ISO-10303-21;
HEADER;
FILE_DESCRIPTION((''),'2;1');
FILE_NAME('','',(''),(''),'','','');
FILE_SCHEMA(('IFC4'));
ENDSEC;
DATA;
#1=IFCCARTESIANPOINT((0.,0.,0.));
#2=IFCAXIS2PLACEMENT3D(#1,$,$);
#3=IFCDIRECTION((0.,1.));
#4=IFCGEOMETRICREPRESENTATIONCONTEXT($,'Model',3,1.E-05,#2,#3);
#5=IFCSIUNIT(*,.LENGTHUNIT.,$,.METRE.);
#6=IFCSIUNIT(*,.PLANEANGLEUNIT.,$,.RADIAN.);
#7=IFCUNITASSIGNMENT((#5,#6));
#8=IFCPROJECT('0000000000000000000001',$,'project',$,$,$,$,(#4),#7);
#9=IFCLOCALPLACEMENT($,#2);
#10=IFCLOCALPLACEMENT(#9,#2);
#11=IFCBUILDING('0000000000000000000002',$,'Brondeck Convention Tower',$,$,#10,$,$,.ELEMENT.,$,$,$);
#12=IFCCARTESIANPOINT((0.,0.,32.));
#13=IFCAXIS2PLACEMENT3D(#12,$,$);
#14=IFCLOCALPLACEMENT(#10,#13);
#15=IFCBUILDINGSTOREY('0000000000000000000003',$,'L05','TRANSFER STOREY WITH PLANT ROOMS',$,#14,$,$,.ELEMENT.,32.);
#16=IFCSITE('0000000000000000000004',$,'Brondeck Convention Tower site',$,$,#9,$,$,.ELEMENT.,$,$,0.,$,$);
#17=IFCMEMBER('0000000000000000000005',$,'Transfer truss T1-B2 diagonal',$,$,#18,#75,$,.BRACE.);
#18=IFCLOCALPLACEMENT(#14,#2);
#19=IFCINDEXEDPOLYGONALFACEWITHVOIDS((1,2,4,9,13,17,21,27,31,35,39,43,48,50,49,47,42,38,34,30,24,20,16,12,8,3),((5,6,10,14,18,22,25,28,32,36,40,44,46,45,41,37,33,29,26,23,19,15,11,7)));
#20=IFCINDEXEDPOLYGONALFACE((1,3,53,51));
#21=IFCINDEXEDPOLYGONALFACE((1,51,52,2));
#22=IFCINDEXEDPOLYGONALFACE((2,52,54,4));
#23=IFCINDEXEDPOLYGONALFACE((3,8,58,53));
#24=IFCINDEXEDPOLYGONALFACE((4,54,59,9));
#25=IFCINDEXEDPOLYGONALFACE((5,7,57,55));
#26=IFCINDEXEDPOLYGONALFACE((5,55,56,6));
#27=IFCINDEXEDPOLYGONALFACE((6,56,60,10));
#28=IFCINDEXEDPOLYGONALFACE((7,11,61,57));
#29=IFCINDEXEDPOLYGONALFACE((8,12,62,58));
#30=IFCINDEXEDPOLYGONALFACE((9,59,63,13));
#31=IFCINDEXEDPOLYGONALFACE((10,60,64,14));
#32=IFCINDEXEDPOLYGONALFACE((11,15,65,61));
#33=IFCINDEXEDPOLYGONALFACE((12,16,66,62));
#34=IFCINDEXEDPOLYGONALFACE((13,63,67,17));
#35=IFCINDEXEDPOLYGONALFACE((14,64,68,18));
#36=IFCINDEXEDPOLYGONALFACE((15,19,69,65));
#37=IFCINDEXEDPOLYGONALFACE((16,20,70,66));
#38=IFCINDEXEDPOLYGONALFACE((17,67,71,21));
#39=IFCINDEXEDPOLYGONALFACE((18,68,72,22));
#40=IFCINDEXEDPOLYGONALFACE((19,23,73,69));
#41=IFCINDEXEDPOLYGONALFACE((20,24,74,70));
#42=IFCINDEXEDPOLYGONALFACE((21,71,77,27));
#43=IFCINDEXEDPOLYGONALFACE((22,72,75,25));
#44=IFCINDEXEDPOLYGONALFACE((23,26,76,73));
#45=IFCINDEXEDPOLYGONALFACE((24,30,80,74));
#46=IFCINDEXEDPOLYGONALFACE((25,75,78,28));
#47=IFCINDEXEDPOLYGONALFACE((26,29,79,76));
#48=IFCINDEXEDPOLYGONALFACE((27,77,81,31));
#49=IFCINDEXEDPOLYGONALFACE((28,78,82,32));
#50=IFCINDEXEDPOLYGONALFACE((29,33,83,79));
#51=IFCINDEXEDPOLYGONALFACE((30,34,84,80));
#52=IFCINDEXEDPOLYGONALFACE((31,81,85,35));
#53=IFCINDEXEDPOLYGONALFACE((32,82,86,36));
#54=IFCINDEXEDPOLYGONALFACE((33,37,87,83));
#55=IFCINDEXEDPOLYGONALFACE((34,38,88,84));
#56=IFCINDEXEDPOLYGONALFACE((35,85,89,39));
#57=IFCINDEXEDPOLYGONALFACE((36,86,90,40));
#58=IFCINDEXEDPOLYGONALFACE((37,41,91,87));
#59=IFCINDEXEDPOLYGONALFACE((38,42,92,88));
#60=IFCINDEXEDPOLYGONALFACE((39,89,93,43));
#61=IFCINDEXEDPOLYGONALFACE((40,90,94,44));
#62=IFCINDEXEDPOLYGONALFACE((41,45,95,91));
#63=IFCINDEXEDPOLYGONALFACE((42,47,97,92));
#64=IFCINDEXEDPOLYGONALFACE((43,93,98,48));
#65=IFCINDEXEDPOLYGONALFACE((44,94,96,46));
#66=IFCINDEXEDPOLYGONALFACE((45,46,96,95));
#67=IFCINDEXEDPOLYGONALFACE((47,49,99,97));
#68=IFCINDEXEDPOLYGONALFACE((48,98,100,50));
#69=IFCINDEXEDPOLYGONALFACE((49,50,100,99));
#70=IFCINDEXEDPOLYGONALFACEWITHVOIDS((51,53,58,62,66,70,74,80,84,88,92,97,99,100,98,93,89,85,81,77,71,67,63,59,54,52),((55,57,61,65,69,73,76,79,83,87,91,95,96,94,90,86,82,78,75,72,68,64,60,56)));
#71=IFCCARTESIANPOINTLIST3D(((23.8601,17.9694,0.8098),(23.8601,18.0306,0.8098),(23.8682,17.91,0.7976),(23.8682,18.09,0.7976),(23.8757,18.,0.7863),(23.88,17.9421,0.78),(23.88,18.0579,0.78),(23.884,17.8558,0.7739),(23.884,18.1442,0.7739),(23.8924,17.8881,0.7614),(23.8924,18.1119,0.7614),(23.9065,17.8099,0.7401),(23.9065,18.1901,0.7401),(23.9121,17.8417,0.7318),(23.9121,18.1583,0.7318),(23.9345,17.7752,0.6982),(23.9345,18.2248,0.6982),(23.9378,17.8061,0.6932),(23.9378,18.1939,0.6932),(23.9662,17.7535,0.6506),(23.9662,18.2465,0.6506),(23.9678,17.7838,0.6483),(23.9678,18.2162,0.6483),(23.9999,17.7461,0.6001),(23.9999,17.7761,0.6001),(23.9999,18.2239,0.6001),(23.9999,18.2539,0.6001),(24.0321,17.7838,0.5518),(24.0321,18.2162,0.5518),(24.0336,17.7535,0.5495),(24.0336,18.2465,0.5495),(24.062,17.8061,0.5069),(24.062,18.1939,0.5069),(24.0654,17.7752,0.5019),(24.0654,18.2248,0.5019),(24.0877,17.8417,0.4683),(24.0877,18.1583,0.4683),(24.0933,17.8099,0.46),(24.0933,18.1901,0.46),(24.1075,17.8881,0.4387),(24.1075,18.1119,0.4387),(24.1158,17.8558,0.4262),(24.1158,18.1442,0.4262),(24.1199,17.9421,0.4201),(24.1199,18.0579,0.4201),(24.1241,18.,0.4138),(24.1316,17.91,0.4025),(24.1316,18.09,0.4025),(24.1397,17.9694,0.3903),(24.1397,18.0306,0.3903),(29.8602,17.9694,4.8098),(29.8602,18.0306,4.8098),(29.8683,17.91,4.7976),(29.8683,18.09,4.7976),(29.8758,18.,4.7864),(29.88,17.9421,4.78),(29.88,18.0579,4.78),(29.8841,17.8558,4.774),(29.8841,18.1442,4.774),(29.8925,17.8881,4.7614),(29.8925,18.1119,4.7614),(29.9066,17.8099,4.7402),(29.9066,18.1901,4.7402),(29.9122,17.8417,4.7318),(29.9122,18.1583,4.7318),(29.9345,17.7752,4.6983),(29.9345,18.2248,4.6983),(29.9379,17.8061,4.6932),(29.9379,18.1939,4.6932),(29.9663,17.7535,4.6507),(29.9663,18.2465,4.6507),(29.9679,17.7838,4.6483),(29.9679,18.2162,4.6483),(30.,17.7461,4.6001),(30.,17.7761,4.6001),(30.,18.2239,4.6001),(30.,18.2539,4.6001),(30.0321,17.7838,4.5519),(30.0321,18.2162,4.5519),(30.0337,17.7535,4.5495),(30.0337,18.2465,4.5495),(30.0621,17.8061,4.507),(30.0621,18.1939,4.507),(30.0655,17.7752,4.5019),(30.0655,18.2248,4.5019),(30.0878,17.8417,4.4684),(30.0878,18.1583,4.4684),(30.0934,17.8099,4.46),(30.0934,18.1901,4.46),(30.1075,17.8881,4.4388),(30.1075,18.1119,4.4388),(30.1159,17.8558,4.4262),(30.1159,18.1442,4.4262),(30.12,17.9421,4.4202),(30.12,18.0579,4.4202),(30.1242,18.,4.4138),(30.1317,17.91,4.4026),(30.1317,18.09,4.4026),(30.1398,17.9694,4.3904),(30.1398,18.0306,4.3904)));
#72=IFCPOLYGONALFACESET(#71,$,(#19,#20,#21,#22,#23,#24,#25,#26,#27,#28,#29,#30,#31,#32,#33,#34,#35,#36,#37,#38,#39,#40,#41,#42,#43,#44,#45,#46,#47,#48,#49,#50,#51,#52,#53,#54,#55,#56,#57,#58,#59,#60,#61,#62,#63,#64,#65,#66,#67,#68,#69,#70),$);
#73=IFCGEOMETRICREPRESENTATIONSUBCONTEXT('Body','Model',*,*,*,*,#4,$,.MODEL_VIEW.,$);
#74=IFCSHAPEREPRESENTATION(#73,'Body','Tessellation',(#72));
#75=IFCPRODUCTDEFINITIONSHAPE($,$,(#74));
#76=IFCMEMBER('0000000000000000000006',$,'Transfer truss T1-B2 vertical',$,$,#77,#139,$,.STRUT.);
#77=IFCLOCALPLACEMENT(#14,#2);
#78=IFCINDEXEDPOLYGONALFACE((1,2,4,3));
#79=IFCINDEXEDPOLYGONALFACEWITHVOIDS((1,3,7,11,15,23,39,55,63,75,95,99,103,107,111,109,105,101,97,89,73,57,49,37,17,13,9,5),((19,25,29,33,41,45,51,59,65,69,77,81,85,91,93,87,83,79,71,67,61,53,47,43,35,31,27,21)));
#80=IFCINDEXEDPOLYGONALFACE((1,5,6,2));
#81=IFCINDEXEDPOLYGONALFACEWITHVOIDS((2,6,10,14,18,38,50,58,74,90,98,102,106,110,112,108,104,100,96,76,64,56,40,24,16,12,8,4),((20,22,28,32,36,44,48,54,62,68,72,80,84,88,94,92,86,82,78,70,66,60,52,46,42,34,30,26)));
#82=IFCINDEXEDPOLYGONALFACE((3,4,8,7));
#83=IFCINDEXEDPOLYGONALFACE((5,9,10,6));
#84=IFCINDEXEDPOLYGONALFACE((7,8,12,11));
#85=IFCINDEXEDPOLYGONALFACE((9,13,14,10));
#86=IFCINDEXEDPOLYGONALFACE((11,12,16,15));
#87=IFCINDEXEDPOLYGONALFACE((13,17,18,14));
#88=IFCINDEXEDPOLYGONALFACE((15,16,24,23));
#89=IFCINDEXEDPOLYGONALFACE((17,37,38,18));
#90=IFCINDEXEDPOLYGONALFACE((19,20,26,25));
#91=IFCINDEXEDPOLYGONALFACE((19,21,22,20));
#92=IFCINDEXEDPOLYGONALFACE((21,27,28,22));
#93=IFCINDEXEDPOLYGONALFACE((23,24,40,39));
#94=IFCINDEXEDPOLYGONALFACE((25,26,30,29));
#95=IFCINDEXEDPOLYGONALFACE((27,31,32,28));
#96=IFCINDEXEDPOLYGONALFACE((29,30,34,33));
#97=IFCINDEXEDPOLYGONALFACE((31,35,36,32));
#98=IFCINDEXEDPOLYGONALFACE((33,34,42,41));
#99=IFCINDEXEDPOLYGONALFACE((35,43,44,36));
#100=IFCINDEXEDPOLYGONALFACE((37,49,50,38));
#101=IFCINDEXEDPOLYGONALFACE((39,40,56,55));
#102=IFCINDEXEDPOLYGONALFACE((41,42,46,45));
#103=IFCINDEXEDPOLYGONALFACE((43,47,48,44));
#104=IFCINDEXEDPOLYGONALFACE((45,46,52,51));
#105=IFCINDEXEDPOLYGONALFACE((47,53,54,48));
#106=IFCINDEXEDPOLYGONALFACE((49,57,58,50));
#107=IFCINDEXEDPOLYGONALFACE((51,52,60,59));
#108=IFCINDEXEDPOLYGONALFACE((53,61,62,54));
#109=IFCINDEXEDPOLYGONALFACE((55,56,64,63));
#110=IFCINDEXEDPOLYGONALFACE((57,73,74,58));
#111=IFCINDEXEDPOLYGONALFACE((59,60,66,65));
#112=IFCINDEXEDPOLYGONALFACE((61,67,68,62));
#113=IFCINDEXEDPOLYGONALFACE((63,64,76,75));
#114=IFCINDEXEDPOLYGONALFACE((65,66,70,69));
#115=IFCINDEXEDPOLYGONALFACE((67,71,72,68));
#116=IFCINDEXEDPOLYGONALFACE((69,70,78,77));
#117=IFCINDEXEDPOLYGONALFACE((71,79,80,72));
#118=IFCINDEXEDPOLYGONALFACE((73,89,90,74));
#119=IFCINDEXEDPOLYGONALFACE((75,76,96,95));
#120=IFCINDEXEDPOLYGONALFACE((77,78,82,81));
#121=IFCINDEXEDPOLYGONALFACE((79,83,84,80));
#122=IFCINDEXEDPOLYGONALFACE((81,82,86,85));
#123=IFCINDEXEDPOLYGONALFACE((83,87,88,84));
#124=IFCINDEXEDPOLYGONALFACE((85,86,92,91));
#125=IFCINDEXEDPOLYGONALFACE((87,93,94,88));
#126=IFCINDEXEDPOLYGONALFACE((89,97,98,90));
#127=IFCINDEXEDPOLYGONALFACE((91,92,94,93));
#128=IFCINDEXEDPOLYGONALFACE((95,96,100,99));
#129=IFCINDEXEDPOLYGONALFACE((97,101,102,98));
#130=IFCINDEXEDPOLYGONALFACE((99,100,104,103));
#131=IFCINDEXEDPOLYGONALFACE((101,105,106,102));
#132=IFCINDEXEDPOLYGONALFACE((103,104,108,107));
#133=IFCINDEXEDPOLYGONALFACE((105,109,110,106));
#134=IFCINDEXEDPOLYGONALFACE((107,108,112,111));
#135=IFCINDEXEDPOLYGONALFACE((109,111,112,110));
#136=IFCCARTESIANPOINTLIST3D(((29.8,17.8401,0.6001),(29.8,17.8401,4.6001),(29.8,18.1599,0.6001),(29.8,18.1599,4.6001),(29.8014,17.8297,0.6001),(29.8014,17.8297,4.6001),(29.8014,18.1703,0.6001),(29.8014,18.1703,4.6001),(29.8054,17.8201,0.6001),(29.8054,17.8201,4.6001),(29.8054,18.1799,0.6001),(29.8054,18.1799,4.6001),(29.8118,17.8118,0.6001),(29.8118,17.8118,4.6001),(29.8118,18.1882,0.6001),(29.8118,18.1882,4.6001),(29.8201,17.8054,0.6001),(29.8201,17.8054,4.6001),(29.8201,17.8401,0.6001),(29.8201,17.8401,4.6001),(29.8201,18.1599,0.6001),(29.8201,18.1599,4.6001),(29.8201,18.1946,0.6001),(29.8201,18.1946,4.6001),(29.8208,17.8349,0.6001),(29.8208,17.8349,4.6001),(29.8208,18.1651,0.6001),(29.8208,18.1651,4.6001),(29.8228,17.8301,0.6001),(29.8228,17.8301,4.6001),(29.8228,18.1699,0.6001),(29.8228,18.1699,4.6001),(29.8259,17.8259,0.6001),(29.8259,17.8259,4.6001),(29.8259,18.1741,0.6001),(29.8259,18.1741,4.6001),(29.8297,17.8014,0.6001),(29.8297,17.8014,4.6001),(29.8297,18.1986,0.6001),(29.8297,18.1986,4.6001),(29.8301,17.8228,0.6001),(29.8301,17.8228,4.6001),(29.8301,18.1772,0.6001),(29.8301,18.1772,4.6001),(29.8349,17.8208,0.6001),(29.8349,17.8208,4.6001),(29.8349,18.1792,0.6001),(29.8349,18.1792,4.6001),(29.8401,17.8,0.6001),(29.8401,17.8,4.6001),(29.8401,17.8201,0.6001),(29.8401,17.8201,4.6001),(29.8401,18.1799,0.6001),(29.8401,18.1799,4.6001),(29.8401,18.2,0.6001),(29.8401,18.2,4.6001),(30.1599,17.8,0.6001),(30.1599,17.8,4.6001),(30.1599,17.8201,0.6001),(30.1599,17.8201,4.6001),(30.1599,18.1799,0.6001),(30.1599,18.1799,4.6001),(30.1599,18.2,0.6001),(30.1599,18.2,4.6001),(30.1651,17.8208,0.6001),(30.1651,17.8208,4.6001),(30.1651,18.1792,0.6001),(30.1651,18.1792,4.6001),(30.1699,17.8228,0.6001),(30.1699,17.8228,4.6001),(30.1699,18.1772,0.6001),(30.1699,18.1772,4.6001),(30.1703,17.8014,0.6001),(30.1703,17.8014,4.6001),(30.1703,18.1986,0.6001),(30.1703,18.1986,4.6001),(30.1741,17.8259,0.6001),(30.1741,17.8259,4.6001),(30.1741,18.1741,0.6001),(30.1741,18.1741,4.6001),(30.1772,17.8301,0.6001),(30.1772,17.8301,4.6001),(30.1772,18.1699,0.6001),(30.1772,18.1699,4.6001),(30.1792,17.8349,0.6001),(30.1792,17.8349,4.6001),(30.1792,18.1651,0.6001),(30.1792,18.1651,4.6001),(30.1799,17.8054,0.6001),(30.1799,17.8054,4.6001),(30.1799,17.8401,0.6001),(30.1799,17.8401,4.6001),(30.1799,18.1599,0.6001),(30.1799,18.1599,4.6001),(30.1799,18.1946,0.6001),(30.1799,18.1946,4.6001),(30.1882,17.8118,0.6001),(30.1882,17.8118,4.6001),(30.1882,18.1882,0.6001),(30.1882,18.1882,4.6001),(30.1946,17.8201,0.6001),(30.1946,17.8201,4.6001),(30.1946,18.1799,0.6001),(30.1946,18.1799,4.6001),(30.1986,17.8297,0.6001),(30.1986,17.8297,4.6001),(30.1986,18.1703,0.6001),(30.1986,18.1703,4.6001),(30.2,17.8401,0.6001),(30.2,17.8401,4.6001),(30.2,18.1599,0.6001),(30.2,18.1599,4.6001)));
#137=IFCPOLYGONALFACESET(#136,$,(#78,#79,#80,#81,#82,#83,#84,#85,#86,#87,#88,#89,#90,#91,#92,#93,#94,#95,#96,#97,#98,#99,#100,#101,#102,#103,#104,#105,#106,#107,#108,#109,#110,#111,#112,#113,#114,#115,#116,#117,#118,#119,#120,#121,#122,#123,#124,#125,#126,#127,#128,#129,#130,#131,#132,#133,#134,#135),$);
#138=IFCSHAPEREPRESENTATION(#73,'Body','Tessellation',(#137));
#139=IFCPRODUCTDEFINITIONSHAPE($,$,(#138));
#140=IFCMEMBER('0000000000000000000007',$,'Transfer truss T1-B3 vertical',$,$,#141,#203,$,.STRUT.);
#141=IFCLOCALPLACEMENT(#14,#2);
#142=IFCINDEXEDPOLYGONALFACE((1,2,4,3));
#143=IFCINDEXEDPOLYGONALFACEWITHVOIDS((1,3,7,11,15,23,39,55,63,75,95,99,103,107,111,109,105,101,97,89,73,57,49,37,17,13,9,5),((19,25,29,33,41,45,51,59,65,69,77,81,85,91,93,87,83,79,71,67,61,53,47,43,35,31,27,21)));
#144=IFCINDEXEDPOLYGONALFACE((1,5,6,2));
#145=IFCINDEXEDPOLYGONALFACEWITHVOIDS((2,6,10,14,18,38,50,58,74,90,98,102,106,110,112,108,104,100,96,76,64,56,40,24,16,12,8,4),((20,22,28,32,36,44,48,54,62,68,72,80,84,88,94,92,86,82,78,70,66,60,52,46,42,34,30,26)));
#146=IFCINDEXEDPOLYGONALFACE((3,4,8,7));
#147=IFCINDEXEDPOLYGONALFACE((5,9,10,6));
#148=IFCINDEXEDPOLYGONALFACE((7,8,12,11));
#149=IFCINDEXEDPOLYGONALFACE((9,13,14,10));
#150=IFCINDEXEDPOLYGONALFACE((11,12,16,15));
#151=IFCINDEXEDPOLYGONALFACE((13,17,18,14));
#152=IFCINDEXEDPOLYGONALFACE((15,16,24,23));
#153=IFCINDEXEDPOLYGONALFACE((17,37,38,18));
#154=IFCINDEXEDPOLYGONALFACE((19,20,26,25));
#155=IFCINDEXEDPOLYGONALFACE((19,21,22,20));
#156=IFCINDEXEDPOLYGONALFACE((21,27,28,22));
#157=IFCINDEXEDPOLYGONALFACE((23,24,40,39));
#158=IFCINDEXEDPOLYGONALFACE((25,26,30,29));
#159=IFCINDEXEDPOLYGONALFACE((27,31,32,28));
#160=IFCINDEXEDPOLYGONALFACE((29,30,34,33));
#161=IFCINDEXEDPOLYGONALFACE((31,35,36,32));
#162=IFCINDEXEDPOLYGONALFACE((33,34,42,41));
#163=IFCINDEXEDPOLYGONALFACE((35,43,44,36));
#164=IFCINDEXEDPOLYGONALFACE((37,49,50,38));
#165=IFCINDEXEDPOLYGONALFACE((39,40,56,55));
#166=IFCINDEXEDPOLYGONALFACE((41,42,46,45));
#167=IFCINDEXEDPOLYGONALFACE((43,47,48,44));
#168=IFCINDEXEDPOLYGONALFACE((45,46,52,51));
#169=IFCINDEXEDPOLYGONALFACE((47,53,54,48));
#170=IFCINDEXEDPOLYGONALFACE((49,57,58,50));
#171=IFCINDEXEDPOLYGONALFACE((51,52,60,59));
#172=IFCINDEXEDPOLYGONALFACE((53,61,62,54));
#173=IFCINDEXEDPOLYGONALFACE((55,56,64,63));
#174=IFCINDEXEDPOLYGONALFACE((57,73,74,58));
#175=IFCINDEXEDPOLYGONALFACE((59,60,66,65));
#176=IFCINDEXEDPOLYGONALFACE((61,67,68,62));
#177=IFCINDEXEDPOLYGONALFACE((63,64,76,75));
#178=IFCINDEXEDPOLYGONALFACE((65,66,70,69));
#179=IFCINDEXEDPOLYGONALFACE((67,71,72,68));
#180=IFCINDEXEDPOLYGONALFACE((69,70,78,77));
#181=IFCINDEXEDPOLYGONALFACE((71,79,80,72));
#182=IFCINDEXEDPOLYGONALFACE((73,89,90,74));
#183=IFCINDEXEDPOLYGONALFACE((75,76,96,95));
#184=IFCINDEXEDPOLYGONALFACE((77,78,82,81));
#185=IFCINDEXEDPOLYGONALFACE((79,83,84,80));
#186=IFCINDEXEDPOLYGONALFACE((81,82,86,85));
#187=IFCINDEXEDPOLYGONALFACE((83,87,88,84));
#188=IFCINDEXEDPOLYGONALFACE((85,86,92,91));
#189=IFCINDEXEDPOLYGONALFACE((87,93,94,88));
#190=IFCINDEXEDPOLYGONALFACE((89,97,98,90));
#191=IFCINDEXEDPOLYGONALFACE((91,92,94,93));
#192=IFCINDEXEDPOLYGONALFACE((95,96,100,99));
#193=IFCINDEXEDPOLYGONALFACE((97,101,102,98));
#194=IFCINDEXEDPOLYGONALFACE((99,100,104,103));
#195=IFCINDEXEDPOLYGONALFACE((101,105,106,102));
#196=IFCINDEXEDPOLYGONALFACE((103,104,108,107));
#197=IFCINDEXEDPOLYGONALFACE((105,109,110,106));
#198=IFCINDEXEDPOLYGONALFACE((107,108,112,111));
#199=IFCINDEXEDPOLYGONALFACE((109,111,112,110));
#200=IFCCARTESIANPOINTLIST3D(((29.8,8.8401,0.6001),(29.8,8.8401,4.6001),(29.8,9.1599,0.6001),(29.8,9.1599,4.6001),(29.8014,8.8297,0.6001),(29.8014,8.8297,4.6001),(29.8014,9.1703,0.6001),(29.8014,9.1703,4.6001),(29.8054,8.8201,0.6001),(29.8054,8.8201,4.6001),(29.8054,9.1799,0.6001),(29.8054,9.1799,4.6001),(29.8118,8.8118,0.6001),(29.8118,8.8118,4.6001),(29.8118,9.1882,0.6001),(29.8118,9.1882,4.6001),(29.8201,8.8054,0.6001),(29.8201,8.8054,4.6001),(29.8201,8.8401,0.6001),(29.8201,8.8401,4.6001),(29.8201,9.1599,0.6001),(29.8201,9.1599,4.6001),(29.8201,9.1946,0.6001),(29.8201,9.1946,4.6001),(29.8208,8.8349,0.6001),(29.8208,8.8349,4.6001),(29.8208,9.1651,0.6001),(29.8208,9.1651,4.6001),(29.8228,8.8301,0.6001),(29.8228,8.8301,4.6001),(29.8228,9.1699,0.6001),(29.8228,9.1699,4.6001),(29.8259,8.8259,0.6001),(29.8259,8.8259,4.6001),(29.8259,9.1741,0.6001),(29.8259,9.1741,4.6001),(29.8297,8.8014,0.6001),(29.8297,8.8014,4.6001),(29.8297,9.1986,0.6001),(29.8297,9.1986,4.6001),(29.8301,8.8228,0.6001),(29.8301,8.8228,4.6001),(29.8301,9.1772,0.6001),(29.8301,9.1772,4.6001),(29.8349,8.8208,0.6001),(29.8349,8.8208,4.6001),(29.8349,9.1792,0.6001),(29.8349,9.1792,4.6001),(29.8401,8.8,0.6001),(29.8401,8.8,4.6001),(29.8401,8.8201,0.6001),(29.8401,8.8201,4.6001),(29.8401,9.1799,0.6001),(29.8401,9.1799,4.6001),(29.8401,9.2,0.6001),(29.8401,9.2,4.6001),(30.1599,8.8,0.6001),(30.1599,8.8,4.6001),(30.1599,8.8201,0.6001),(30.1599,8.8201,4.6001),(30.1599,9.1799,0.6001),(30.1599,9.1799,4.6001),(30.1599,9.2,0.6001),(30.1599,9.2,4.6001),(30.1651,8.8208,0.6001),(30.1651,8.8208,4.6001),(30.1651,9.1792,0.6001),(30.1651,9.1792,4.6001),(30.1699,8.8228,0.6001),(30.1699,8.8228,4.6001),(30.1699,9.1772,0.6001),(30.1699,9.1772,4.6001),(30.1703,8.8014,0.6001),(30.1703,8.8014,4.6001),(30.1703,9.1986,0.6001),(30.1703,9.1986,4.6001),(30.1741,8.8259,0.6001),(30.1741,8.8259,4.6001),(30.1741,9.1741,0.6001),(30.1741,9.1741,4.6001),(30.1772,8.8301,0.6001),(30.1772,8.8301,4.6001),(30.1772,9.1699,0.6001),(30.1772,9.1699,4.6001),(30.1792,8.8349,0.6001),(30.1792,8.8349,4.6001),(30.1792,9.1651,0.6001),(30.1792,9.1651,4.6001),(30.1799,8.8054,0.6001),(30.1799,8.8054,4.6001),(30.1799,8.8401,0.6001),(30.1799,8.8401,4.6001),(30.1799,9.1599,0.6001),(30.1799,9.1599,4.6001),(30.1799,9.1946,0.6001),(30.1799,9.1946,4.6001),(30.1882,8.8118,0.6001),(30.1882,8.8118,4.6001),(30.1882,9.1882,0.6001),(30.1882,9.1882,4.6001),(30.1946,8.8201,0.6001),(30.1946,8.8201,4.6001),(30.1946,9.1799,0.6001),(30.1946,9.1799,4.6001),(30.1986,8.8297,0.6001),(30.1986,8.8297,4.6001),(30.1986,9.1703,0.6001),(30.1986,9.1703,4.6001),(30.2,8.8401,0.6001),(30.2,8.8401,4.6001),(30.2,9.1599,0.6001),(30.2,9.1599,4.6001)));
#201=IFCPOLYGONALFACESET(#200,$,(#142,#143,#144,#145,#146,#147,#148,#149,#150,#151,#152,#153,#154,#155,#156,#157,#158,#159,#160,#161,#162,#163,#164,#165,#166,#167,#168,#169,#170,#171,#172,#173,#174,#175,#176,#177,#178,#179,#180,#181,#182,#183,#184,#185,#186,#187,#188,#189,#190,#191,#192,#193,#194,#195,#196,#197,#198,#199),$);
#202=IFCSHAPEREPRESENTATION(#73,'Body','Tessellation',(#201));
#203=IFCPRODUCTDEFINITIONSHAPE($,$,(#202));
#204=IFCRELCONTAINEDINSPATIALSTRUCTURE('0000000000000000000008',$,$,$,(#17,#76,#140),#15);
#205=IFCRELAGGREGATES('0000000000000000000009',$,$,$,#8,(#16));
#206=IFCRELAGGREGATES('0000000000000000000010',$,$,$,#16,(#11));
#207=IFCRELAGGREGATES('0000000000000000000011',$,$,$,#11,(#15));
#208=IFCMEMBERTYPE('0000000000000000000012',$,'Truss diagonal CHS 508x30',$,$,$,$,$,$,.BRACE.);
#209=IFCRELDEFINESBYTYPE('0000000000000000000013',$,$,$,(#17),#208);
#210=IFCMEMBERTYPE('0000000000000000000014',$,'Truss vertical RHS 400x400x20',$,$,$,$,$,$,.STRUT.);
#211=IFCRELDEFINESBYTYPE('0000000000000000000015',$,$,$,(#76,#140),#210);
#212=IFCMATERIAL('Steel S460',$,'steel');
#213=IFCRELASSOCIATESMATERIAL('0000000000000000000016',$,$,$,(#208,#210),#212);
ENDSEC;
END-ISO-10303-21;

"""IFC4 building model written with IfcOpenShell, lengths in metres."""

from ifc_helpers import new_model, si_unit, direction, frame, origin, origin_2d, place, context, subcontext, project, spatial, hollow_rectangle, hollow_circle, extrude, material, material_profile, profile_set, type_object, element, save


model = new_model("IFC4")

# Units and contexts
model_context = context("Model", 3, precision=1e-05, world=origin(), true_north=direction((0.0, 1.0)))
body_context = subcontext(model_context, "Body", "Model", "MODEL_VIEW")
ifc_project = project(units=[si_unit("LENGTHUNIT", "METRE"), si_unit("PLANEANGLEUNIT", "RADIAN")], contexts=[model_context])

# Site, building, storey
site_placement = place(None, origin())
site = spatial("IfcSite", under=ifc_project, at=site_placement, Name="Brondeck Convention Tower site", CompositionType="ELEMENT", RefElevation=0.0)
building_placement = place(site_placement, origin())
building = spatial("IfcBuilding", under=site, at=building_placement, Name="Brondeck Convention Tower", CompositionType="ELEMENT")
storey_placement = place(building_placement, frame((0.0, 0.0, 32.0)))
storey = spatial("IfcBuildingStorey", under=building, at=storey_placement, Name="L05", Description="TRANSFER STOREY WITH PLANT ROOMS", CompositionType="ELEMENT", Elevation=32.0)

# Shared definitions
ifc_material_1 = material(Name="Steel S460", Category="steel")

# Members
ifc_material_profile_1 = material_profile(ifc_material_1, hollow_circle(Radius=0.2539, WallThickness=0.03, at=origin_2d()), Name="CHS 508x30")
ifc_profile_set_1 = profile_set([ifc_material_profile_1], Name="Steel S460")
member_type_1 = type_object("IfcMemberType", Name="Truss diagonal CHS 508x30", PredefinedType="BRACE", material=ifc_profile_set_1)
member_1_placement = place(storey_placement, frame((30.0, 18.0, 4.6001), z_axis=(-0.83205, 0.0, -0.5547), x_axis=(0.0, -1.0, 0.0)))
element("IfcMember", 1, at=member_1_placement, inside=storey, type_object=member_type_1, Name="Transfer truss T1-B2 diagonal", PredefinedType="BRACE", context=body_context, shape_type="SweptSolid", body=[
    extrude(hollow_circle(Radius=0.2539, WallThickness=0.03, at=origin_2d()), origin(), (0.0, 0.0, 1.0), 7.2112),
])
ifc_material_profile_2 = material_profile(ifc_material_1, hollow_rectangle(XDim=0.3999, YDim=0.3999, WallThickness=0.02, InnerFilletRadius=0.02, OuterFilletRadius=0.04, at=origin_2d()), Name="RHS 400x400x20")
ifc_profile_set_2 = profile_set([ifc_material_profile_2], Name="Steel S460")
member_type_2 = type_object("IfcMemberType", Name="Truss vertical RHS 400x400x20", PredefinedType="STRUT", material=ifc_profile_set_2)
for number, where, z_axis, x_axis, name in (
    (2, (30.0, 18.0, 0.6001), (0.0, 0.0, 1.0), (1.0, 0.0, 0.0), "Transfer truss T1-B2 vertical"),
    (3, (30.0, 9.0, 0.6001), (0.0, 0.0, 1.0), (1.0, 0.0, 0.0), "Transfer truss T1-B3 vertical"),
):
    element("IfcMember", number, at=place(storey_placement, frame(where, z_axis=z_axis, x_axis=x_axis)), inside=storey, type_object=member_type_2, Name=name, PredefinedType="STRUT", context=body_context, shape_type="SweptSolid", body=[
        extrude(hollow_rectangle(XDim=0.3999, YDim=0.3999, WallThickness=0.02, InnerFilletRadius=0.02, OuterFilletRadius=0.04, at=origin_2d()), origin(), (0.0, 0.0, 1.0), 4.0),
    ])

save(model, "model.ifc")
